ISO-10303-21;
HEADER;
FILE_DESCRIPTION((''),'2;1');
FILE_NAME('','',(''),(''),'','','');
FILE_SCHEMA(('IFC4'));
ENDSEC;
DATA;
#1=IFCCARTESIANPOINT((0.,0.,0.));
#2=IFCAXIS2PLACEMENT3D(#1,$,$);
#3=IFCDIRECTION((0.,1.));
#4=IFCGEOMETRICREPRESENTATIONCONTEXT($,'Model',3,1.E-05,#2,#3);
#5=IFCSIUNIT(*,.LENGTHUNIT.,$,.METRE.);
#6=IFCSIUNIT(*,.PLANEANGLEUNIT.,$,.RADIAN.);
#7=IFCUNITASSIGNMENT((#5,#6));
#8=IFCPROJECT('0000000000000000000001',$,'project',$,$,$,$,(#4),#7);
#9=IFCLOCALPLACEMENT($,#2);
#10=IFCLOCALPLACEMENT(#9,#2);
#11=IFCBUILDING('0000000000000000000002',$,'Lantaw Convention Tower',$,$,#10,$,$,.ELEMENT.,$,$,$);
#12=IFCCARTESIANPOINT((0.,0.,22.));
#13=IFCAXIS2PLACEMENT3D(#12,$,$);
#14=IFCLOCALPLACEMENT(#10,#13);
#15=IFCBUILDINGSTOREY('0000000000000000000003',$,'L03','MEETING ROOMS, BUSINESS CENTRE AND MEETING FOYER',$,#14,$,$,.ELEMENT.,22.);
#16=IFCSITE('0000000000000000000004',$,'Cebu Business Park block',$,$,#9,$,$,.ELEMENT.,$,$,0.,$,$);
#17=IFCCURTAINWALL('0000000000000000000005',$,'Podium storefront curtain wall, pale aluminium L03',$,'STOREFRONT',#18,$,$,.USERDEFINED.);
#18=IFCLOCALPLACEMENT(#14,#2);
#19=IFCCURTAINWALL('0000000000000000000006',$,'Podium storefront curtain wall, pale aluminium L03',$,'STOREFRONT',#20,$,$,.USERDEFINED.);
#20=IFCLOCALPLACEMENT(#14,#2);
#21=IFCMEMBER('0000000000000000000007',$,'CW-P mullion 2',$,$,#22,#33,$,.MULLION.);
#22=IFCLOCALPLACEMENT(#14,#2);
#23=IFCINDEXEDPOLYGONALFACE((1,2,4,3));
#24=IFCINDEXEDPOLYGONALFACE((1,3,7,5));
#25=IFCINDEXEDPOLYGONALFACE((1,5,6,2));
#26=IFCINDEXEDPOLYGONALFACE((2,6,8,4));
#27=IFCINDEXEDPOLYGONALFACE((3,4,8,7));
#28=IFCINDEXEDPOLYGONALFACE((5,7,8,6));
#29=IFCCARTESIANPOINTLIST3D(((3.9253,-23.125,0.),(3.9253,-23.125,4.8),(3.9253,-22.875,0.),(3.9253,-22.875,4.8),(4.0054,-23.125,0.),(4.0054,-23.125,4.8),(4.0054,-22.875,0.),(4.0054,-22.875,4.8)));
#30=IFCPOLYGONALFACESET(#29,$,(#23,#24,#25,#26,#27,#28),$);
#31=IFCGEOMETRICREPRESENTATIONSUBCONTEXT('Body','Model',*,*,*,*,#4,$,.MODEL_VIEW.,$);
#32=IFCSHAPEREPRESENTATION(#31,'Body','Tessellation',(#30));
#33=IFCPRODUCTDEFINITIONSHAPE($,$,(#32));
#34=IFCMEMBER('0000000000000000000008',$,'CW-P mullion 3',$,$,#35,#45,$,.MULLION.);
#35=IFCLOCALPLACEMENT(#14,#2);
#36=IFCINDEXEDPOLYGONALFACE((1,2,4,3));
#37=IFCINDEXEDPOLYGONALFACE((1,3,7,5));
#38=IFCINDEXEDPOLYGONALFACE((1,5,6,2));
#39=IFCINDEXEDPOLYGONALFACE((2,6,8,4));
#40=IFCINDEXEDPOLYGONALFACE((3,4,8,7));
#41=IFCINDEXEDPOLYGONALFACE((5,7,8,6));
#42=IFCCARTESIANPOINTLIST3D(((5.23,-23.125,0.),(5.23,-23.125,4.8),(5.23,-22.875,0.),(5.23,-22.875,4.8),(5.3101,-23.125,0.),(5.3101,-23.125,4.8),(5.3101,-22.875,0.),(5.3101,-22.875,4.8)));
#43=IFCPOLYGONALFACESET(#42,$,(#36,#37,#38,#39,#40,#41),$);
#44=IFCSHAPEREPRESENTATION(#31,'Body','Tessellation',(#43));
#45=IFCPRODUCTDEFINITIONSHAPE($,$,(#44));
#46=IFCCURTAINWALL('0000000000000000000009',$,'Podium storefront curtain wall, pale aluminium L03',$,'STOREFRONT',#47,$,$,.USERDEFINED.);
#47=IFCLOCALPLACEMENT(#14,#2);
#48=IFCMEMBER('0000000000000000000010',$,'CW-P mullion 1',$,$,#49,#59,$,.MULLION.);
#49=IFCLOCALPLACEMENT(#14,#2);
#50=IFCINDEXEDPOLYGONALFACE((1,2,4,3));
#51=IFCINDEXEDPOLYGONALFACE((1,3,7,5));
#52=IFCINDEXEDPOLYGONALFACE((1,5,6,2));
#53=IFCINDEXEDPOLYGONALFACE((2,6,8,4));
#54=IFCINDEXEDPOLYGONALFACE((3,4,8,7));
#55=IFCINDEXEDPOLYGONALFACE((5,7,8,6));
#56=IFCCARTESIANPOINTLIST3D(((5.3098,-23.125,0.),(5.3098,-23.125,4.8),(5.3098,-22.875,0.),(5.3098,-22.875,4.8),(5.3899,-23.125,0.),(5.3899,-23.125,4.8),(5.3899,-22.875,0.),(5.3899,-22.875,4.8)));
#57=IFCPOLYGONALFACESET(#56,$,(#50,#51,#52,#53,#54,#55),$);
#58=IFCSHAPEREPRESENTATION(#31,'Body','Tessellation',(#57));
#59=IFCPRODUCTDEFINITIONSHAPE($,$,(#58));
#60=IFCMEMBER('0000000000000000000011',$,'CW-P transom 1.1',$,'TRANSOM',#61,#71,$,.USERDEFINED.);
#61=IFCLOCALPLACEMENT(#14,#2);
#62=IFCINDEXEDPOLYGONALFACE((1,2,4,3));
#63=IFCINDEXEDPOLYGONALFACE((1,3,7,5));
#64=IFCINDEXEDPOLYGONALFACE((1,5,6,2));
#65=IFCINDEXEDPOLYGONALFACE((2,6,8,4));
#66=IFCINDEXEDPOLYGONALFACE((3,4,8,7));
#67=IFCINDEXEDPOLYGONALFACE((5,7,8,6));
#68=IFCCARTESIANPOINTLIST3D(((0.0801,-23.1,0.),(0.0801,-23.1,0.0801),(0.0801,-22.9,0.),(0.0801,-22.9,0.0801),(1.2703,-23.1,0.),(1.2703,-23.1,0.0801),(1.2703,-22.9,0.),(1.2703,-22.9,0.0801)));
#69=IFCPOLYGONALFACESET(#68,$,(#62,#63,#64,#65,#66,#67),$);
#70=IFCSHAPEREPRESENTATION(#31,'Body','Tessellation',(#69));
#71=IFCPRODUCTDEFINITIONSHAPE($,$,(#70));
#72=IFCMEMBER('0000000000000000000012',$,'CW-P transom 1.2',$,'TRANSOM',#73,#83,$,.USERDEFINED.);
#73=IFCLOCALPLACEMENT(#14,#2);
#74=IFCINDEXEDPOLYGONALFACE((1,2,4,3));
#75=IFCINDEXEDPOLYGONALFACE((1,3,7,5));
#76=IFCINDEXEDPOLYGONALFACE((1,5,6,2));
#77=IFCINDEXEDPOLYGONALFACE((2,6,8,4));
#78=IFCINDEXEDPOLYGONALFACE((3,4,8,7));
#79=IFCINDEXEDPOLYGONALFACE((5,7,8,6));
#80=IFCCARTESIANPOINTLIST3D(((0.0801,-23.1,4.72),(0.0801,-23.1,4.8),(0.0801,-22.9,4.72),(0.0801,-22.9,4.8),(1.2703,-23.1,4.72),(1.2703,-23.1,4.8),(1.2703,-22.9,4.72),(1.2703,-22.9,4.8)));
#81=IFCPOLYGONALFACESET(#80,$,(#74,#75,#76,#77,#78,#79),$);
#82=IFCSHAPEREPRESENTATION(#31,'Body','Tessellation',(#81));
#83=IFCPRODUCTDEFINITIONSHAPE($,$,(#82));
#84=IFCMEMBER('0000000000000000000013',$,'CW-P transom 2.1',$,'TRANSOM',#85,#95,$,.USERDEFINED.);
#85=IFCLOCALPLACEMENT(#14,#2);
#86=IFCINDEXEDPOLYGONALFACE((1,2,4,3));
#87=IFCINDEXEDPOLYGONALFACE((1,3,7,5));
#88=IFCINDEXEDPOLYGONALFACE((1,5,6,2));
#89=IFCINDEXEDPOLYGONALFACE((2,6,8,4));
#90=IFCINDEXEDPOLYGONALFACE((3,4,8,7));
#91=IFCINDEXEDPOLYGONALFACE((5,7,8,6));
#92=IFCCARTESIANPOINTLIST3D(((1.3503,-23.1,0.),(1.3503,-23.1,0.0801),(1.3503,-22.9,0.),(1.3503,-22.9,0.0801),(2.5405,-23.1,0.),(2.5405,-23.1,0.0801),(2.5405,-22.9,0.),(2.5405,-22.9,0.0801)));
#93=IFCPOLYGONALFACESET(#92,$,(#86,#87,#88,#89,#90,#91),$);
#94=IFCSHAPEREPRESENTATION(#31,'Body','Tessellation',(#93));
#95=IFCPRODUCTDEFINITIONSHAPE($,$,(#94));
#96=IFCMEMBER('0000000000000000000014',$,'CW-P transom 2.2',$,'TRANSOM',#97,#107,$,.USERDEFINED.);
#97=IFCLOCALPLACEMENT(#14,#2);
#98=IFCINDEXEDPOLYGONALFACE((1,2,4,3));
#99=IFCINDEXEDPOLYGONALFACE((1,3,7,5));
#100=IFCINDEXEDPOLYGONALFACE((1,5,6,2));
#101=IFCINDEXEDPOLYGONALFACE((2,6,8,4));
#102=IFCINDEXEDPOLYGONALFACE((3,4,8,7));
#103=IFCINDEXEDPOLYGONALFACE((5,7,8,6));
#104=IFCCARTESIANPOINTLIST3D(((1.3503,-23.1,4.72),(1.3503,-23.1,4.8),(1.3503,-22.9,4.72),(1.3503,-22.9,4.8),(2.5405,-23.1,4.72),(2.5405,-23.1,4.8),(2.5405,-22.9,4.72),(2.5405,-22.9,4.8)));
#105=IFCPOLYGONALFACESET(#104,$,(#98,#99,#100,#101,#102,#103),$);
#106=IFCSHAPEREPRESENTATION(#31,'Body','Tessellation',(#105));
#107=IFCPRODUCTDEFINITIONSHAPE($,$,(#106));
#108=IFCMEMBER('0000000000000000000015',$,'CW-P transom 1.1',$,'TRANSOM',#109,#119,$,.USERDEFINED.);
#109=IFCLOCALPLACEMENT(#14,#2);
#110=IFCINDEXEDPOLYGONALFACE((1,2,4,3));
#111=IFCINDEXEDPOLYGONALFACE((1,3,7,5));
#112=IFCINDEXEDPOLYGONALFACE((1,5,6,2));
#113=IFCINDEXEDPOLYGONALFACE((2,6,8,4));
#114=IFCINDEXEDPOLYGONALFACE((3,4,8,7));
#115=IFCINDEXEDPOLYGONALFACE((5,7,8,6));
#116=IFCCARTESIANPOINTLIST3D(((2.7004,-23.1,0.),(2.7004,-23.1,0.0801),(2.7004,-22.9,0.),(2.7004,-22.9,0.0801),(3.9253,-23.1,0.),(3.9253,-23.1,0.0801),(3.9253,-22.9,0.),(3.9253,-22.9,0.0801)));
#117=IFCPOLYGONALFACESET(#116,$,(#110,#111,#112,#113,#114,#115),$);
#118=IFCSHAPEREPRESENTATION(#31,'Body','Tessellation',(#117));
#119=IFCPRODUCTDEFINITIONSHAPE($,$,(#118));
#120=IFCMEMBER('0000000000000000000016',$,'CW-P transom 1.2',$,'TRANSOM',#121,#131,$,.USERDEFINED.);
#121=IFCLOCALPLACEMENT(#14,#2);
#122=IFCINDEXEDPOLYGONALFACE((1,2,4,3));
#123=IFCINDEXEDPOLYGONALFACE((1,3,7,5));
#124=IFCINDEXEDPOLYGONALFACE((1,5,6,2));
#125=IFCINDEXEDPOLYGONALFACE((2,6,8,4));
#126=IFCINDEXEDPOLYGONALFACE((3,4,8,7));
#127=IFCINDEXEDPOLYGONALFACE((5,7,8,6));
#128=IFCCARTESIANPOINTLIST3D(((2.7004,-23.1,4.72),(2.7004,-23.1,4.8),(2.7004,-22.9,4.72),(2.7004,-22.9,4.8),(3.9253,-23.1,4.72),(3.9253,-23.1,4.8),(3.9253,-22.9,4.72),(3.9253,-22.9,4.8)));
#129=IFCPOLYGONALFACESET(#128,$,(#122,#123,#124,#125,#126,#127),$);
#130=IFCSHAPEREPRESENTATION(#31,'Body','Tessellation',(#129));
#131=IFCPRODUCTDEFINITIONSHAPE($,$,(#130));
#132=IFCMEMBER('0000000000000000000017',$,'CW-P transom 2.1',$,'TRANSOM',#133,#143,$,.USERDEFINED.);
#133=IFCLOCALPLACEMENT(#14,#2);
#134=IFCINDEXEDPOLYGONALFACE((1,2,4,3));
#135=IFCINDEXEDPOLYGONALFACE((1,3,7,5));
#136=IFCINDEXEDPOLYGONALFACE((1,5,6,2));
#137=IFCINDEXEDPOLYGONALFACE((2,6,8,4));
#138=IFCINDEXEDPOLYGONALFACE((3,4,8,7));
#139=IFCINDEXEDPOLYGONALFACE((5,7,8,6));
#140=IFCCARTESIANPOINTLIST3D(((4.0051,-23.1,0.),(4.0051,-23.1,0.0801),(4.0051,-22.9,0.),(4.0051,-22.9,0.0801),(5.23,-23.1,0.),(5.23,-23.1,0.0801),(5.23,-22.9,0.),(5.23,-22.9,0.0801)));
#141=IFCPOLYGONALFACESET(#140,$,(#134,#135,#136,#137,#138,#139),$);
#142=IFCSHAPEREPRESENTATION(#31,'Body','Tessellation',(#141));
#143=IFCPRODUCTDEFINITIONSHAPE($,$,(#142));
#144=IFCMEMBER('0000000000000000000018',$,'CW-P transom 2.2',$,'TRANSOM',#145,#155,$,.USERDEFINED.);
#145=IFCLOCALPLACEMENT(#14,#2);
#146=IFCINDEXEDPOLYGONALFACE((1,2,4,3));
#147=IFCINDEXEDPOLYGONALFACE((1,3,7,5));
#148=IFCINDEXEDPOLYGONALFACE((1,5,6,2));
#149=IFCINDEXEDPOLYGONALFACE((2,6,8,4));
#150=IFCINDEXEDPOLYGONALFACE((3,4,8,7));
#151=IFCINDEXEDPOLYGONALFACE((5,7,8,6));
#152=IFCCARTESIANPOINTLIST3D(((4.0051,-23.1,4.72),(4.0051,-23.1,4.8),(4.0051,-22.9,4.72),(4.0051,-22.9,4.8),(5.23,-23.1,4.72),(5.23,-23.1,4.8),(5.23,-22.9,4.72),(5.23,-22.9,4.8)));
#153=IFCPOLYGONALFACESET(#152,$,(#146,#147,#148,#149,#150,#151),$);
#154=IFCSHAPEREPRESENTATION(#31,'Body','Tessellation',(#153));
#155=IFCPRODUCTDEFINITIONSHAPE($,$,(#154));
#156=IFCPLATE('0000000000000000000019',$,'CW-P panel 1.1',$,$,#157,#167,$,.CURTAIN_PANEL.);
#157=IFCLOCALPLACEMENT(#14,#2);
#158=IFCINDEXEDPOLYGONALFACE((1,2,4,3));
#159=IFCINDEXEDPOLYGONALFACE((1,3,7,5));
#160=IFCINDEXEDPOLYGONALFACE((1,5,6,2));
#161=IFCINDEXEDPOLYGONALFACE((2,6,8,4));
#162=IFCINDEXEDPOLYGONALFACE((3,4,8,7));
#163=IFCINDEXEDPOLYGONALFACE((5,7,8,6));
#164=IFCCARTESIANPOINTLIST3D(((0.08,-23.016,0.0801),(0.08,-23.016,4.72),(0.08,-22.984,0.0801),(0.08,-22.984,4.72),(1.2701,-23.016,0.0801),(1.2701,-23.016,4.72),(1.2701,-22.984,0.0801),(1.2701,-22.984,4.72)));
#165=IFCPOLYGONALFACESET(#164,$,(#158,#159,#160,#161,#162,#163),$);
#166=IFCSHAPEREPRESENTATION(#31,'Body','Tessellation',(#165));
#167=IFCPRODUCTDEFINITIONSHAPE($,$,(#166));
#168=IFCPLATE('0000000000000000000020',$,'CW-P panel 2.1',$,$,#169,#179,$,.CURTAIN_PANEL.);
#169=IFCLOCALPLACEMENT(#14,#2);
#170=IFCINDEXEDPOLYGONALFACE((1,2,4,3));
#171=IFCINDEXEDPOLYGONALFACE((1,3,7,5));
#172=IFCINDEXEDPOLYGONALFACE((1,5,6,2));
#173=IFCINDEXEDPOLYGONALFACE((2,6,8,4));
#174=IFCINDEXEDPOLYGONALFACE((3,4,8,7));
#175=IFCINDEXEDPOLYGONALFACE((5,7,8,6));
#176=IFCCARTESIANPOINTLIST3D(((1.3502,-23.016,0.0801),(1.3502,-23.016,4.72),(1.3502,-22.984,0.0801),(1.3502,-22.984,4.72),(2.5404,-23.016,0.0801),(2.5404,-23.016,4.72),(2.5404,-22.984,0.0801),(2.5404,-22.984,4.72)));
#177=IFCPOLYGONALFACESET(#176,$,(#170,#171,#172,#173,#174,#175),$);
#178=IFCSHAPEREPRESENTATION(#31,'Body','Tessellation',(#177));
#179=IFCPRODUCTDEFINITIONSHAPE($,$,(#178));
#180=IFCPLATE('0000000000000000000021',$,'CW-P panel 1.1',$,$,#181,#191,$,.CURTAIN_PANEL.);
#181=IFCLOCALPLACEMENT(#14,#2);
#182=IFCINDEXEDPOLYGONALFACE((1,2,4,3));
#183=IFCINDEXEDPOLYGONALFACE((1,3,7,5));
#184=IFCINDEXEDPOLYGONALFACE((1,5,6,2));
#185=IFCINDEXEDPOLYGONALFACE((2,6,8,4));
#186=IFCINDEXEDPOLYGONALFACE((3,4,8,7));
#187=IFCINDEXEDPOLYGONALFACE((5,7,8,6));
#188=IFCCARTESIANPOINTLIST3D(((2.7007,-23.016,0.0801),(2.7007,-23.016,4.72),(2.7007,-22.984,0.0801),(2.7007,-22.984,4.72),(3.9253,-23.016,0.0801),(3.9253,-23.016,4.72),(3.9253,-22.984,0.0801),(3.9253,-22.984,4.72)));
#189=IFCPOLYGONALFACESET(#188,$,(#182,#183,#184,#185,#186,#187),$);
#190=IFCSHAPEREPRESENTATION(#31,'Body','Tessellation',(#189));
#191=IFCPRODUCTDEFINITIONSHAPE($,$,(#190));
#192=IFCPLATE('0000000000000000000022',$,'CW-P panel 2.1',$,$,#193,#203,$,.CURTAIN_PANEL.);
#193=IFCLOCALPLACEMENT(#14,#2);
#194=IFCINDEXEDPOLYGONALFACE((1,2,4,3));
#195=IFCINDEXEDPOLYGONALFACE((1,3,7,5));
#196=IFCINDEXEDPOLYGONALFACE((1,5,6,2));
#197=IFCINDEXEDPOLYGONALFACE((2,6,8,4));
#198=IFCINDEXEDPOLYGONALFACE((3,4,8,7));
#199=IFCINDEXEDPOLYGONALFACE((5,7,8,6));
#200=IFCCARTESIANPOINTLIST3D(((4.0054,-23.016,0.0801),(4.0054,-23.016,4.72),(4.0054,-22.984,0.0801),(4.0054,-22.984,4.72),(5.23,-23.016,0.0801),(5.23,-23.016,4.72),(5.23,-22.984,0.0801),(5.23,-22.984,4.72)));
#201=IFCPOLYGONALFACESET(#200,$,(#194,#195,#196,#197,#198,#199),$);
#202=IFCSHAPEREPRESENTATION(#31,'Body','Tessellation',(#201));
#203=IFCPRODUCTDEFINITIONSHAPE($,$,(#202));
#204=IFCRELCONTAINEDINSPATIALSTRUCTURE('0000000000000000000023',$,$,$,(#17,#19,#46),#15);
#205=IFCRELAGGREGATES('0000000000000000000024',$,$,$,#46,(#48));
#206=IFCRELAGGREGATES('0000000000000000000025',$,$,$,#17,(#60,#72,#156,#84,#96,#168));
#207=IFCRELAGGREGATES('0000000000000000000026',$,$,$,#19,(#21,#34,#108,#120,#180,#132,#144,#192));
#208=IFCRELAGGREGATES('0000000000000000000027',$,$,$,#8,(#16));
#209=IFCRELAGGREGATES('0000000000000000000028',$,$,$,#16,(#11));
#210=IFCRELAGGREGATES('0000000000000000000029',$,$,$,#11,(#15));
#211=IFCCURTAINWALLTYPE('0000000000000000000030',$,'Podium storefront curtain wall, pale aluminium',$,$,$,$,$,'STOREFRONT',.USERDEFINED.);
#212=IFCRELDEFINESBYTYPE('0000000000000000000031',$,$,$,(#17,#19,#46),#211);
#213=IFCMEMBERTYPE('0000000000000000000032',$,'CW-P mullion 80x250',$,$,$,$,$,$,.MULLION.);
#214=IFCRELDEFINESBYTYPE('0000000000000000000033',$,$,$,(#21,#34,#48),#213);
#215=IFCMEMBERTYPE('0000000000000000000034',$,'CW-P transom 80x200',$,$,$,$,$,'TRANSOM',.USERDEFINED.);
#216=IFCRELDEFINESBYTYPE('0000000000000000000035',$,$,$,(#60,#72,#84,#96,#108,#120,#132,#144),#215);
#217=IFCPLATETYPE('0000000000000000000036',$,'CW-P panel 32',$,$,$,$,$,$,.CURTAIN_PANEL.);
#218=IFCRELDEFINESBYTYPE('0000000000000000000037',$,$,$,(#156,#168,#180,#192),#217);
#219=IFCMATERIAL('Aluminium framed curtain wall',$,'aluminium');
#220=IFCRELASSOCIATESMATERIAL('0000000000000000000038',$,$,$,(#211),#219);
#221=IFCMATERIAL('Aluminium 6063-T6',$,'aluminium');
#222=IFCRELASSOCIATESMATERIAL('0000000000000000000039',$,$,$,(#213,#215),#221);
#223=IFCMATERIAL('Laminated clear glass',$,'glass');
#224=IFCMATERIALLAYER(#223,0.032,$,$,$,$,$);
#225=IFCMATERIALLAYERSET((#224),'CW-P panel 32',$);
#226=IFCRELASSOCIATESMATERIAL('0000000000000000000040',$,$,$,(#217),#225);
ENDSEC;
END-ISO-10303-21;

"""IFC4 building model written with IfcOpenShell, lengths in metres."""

from ifc_helpers import new_model, si_unit, direction, frame, origin, origin_2d, place, context, subcontext, project, spatial, rectangle, extrude, material, layer, layer_set, material_profile, profile_set, type_object, element, aggregate, save


model = new_model("IFC4")

# Units and contexts
model_context = context("Model", 3, precision=1e-05, world=origin(), true_north=direction((0.0, 1.0)))
body_context = subcontext(model_context, "Body", "Model", "MODEL_VIEW")
ifc_project = project(units=[si_unit("LENGTHUNIT", "METRE"), si_unit("PLANEANGLEUNIT", "RADIAN")], contexts=[model_context])

# Site, building, storey
site_placement = place(None, origin())
site = spatial("IfcSite", under=ifc_project, at=site_placement, Name="Cebu Business Park block", CompositionType="ELEMENT", RefElevation=0.0)
building_placement = place(site_placement, origin())
building = spatial("IfcBuilding", under=site, at=building_placement, Name="Lantaw Convention Tower", CompositionType="ELEMENT")
storey_placement = place(building_placement, frame((0.0, 0.0, 22.0)))
storey = spatial("IfcBuildingStorey", under=building, at=storey_placement, Name="L03", Description="MEETING ROOMS, BUSINESS CENTRE AND MEETING FOYER", CompositionType="ELEMENT", Elevation=22.0)

# Curtain walls, members
ifc_material_1 = material(Name="Aluminium framed curtain wall", Category="aluminium")
curtain_wall_type = type_object("IfcCurtainWallType", Name="Podium storefront curtain wall, pale aluminium", ElementType="STOREFRONT", PredefinedType="USERDEFINED", material=ifc_material_1)
curtain_wall_1_placement = place(storey_placement, origin())
curtain_wall_1 = element("IfcCurtainWall", 1, at=curtain_wall_1_placement, inside=storey, type_object=curtain_wall_type, Name="Podium storefront curtain wall, pale aluminium L03", ObjectType="STOREFRONT", PredefinedType="USERDEFINED")
ifc_material_2 = material(Name="Aluminium 6063-T6", Category="aluminium")
ifc_material_profile_1 = material_profile(ifc_material_2, rectangle(XDim=0.25, YDim=0.0801, at=origin_2d()), Name="CW-P mullion 80x250")
ifc_profile_set_1 = profile_set([ifc_material_profile_1], Name="Aluminium 6063-T6")
member_type_1 = type_object("IfcMemberType", Name="CW-P mullion 80x250", PredefinedType="MULLION", material=ifc_profile_set_1)
curtain_wall_2_placement = place(storey_placement, origin())
curtain_wall_2 = element("IfcCurtainWall", 2, at=curtain_wall_2_placement, inside=storey, type_object=curtain_wall_type, Name="Podium storefront curtain wall, pale aluminium L03", ObjectType="STOREFRONT", PredefinedType="USERDEFINED")
member_1_placement = place(storey_placement, frame((3.9653, -23.0, 0.0), z_axis=(0.0, 0.0, 1.0), x_axis=(0.0, 1.0, 0.0)))
member_1 = element("IfcMember", 3, at=member_1_placement, type_object=member_type_1, Name="CW-P mullion 2", PredefinedType="MULLION", context=body_context, shape_type="SweptSolid", body=[
    extrude(rectangle(XDim=0.25, YDim=0.0801, at=origin_2d()), origin(), (0.0, 0.0, 1.0), 4.8),
])
member_2_placement = place(storey_placement, frame((5.27, -23.0, 0.0), z_axis=(0.0, 0.0, 1.0), x_axis=(0.0, 1.0, 0.0)))
member_2 = element("IfcMember", 4, at=member_2_placement, type_object=member_type_1, Name="CW-P mullion 3", PredefinedType="MULLION", context=body_context, shape_type="SweptSolid", body=[
    extrude(rectangle(XDim=0.25, YDim=0.0801, at=origin_2d()), origin(), (0.0, 0.0, 1.0), 4.8),
])

# Curtain wall, member
curtain_wall_3_placement = place(storey_placement, origin())
curtain_wall_3 = element("IfcCurtainWall", 5, at=curtain_wall_3_placement, inside=storey, type_object=curtain_wall_type, Name="Podium storefront curtain wall, pale aluminium L03", ObjectType="STOREFRONT", PredefinedType="USERDEFINED")
member_3_placement = place(storey_placement, frame((5.3499, -23.0, 0.0), z_axis=(0.0, 0.0, 1.0), x_axis=(0.0, 1.0, 0.0)))
member_3 = element("IfcMember", 6, at=member_3_placement, type_object=member_type_1, Name="CW-P mullion 1", PredefinedType="MULLION", context=body_context, shape_type="SweptSolid", body=[
    extrude(rectangle(XDim=0.25, YDim=0.0801, at=origin_2d()), origin(), (0.0, 0.0, 1.0), 4.8),
])
aggregate(curtain_wall_3, [member_3])

# Members
ifc_material_profile_2 = material_profile(ifc_material_2, rectangle(XDim=0.2, YDim=0.0801, at=origin_2d()), Name="CW-P transom 80x200")
ifc_profile_set_2 = profile_set([ifc_material_profile_2], Name="Aluminium 6063-T6")
member_type_2 = type_object("IfcMemberType", Name="CW-P transom 80x200", ElementType="TRANSOM", PredefinedType="USERDEFINED", material=ifc_profile_set_2)
member_4_placement = place(storey_placement, frame((0.0801, -23.0, 0.04), z_axis=(1.0, 0.0, 0.0), x_axis=(0.0, 1.0, 0.0)))
member_4 = element("IfcMember", 7, at=member_4_placement, type_object=member_type_2, Name="CW-P transom 1.1", ObjectType="TRANSOM", PredefinedType="USERDEFINED", context=body_context, shape_type="SweptSolid", body=[
    extrude(rectangle(XDim=0.2, YDim=0.0801, at=origin_2d()), origin(), (0.0, 0.0, 1.0), 1.1902),
])
member_5_placement = place(storey_placement, frame((0.0801, -23.0, 4.76), z_axis=(1.0, 0.0, 0.0), x_axis=(0.0, 1.0, 0.0)))
member_5 = element("IfcMember", 8, at=member_5_placement, type_object=member_type_2, Name="CW-P transom 1.2", ObjectType="TRANSOM", PredefinedType="USERDEFINED", context=body_context, shape_type="SweptSolid", body=[
    extrude(rectangle(XDim=0.2, YDim=0.0801, at=origin_2d()), origin(), (0.0, 0.0, 1.0), 1.1902),
])
member_6_placement = place(storey_placement, frame((1.3503, -23.0, 0.04), z_axis=(1.0, 0.0, 0.0), x_axis=(0.0, 1.0, 0.0)))
member_6 = element("IfcMember", 9, at=member_6_placement, type_object=member_type_2, Name="CW-P transom 2.1", ObjectType="TRANSOM", PredefinedType="USERDEFINED", context=body_context, shape_type="SweptSolid", body=[
    extrude(rectangle(XDim=0.2, YDim=0.0801, at=origin_2d()), origin(), (0.0, 0.0, 1.0), 1.1902),
])
member_7_placement = place(storey_placement, frame((1.3503, -23.0, 4.76), z_axis=(1.0, 0.0, 0.0), x_axis=(0.0, 1.0, 0.0)))
member_7 = element("IfcMember", 10, at=member_7_placement, type_object=member_type_2, Name="CW-P transom 2.2", ObjectType="TRANSOM", PredefinedType="USERDEFINED", context=body_context, shape_type="SweptSolid", body=[
    extrude(rectangle(XDim=0.2, YDim=0.0801, at=origin_2d()), origin(), (0.0, 0.0, 1.0), 1.1902),
])
member_8_placement = place(storey_placement, frame((2.7004, -23.0, 0.04), z_axis=(1.0, 0.0, 0.0), x_axis=(0.0, 1.0, 0.0)))
member_8 = element("IfcMember", 11, at=member_8_placement, type_object=member_type_2, Name="CW-P transom 1.1", ObjectType="TRANSOM", PredefinedType="USERDEFINED", context=body_context, shape_type="SweptSolid", body=[
    extrude(rectangle(XDim=0.2, YDim=0.0801, at=origin_2d()), origin(), (0.0, 0.0, 1.0), 1.2249),
])
member_9_placement = place(storey_placement, frame((2.7004, -23.0, 4.76), z_axis=(1.0, 0.0, 0.0), x_axis=(0.0, 1.0, 0.0)))
member_9 = element("IfcMember", 12, at=member_9_placement, type_object=member_type_2, Name="CW-P transom 1.2", ObjectType="TRANSOM", PredefinedType="USERDEFINED", context=body_context, shape_type="SweptSolid", body=[
    extrude(rectangle(XDim=0.2, YDim=0.0801, at=origin_2d()), origin(), (0.0, 0.0, 1.0), 1.2249),
])
member_10_placement = place(storey_placement, frame((4.0051, -23.0, 0.04), z_axis=(1.0, 0.0, 0.0), x_axis=(0.0, 1.0, 0.0)))
member_10 = element("IfcMember", 13, at=member_10_placement, type_object=member_type_2, Name="CW-P transom 2.1", ObjectType="TRANSOM", PredefinedType="USERDEFINED", context=body_context, shape_type="SweptSolid", body=[
    extrude(rectangle(XDim=0.2, YDim=0.0801, at=origin_2d()), origin(), (0.0, 0.0, 1.0), 1.2249),
])
member_11_placement = place(storey_placement, frame((4.0051, -23.0, 4.76), z_axis=(1.0, 0.0, 0.0), x_axis=(0.0, 1.0, 0.0)))
member_11 = element("IfcMember", 14, at=member_11_placement, type_object=member_type_2, Name="CW-P transom 2.2", ObjectType="TRANSOM", PredefinedType="USERDEFINED", context=body_context, shape_type="SweptSolid", body=[
    extrude(rectangle(XDim=0.2, YDim=0.0801, at=origin_2d()), origin(), (0.0, 0.0, 1.0), 1.2249),
])

# Plates
ifc_material_3 = material(Name="Laminated clear glass", Category="glass")
ifc_layer = layer(ifc_material_3, 0.032)
ifc_layer_set = layer_set([ifc_layer], Name="CW-P panel 32")
plate_type = type_object("IfcPlateType", Name="CW-P panel 32", PredefinedType="CURTAIN_PANEL", material=ifc_layer_set)
plate_1_placement = place(storey_placement, frame((0.675, -23.0, 0.0801), z_axis=(0.0, 0.0, 1.0), x_axis=(1.0, 0.0, 0.0)))
plate_1 = element("IfcPlate", 15, at=plate_1_placement, type_object=plate_type, Name="CW-P panel 1.1", PredefinedType="CURTAIN_PANEL", context=body_context, shape_type="SweptSolid", body=[
    extrude(rectangle(XDim=1.1902, YDim=0.032, at=origin_2d()), origin(), (0.0, 0.0, 1.0), 4.6399),
])
plate_2_placement = place(storey_placement, frame((1.9453, -23.0, 0.0801), z_axis=(0.0, 0.0, 1.0), x_axis=(1.0, 0.0, 0.0)))
plate_2 = element("IfcPlate", 16, at=plate_2_placement, type_object=plate_type, Name="CW-P panel 2.1", PredefinedType="CURTAIN_PANEL", context=body_context, shape_type="SweptSolid", body=[
    extrude(rectangle(XDim=1.1902, YDim=0.032, at=origin_2d()), origin(), (0.0, 0.0, 1.0), 4.6399),
])
aggregate(curtain_wall_1, [member_4, member_5, plate_1, member_6, member_7, plate_2])
plate_3_placement = place(storey_placement, frame((3.313, -23.0, 0.0801), z_axis=(0.0, 0.0, 1.0), x_axis=(1.0, 0.0, 0.0)))
plate_3 = element("IfcPlate", 17, at=plate_3_placement, type_object=plate_type, Name="CW-P panel 1.1", PredefinedType="CURTAIN_PANEL", context=body_context, shape_type="SweptSolid", body=[
    extrude(rectangle(XDim=1.2246, YDim=0.032, at=origin_2d()), origin(), (0.0, 0.0, 1.0), 4.6399),
])
plate_4_placement = place(storey_placement, frame((4.6177, -23.0, 0.0801), z_axis=(0.0, 0.0, 1.0), x_axis=(1.0, 0.0, 0.0)))
plate_4 = element("IfcPlate", 18, at=plate_4_placement, type_object=plate_type, Name="CW-P panel 2.1", PredefinedType="CURTAIN_PANEL", context=body_context, shape_type="SweptSolid", body=[
    extrude(rectangle(XDim=1.2246, YDim=0.032, at=origin_2d()), origin(), (0.0, 0.0, 1.0), 4.6399),
])
aggregate(curtain_wall_2, [member_1, member_2, member_8, member_9, plate_3, member_10, member_11, plate_4])

save(model, "model.ifc")
